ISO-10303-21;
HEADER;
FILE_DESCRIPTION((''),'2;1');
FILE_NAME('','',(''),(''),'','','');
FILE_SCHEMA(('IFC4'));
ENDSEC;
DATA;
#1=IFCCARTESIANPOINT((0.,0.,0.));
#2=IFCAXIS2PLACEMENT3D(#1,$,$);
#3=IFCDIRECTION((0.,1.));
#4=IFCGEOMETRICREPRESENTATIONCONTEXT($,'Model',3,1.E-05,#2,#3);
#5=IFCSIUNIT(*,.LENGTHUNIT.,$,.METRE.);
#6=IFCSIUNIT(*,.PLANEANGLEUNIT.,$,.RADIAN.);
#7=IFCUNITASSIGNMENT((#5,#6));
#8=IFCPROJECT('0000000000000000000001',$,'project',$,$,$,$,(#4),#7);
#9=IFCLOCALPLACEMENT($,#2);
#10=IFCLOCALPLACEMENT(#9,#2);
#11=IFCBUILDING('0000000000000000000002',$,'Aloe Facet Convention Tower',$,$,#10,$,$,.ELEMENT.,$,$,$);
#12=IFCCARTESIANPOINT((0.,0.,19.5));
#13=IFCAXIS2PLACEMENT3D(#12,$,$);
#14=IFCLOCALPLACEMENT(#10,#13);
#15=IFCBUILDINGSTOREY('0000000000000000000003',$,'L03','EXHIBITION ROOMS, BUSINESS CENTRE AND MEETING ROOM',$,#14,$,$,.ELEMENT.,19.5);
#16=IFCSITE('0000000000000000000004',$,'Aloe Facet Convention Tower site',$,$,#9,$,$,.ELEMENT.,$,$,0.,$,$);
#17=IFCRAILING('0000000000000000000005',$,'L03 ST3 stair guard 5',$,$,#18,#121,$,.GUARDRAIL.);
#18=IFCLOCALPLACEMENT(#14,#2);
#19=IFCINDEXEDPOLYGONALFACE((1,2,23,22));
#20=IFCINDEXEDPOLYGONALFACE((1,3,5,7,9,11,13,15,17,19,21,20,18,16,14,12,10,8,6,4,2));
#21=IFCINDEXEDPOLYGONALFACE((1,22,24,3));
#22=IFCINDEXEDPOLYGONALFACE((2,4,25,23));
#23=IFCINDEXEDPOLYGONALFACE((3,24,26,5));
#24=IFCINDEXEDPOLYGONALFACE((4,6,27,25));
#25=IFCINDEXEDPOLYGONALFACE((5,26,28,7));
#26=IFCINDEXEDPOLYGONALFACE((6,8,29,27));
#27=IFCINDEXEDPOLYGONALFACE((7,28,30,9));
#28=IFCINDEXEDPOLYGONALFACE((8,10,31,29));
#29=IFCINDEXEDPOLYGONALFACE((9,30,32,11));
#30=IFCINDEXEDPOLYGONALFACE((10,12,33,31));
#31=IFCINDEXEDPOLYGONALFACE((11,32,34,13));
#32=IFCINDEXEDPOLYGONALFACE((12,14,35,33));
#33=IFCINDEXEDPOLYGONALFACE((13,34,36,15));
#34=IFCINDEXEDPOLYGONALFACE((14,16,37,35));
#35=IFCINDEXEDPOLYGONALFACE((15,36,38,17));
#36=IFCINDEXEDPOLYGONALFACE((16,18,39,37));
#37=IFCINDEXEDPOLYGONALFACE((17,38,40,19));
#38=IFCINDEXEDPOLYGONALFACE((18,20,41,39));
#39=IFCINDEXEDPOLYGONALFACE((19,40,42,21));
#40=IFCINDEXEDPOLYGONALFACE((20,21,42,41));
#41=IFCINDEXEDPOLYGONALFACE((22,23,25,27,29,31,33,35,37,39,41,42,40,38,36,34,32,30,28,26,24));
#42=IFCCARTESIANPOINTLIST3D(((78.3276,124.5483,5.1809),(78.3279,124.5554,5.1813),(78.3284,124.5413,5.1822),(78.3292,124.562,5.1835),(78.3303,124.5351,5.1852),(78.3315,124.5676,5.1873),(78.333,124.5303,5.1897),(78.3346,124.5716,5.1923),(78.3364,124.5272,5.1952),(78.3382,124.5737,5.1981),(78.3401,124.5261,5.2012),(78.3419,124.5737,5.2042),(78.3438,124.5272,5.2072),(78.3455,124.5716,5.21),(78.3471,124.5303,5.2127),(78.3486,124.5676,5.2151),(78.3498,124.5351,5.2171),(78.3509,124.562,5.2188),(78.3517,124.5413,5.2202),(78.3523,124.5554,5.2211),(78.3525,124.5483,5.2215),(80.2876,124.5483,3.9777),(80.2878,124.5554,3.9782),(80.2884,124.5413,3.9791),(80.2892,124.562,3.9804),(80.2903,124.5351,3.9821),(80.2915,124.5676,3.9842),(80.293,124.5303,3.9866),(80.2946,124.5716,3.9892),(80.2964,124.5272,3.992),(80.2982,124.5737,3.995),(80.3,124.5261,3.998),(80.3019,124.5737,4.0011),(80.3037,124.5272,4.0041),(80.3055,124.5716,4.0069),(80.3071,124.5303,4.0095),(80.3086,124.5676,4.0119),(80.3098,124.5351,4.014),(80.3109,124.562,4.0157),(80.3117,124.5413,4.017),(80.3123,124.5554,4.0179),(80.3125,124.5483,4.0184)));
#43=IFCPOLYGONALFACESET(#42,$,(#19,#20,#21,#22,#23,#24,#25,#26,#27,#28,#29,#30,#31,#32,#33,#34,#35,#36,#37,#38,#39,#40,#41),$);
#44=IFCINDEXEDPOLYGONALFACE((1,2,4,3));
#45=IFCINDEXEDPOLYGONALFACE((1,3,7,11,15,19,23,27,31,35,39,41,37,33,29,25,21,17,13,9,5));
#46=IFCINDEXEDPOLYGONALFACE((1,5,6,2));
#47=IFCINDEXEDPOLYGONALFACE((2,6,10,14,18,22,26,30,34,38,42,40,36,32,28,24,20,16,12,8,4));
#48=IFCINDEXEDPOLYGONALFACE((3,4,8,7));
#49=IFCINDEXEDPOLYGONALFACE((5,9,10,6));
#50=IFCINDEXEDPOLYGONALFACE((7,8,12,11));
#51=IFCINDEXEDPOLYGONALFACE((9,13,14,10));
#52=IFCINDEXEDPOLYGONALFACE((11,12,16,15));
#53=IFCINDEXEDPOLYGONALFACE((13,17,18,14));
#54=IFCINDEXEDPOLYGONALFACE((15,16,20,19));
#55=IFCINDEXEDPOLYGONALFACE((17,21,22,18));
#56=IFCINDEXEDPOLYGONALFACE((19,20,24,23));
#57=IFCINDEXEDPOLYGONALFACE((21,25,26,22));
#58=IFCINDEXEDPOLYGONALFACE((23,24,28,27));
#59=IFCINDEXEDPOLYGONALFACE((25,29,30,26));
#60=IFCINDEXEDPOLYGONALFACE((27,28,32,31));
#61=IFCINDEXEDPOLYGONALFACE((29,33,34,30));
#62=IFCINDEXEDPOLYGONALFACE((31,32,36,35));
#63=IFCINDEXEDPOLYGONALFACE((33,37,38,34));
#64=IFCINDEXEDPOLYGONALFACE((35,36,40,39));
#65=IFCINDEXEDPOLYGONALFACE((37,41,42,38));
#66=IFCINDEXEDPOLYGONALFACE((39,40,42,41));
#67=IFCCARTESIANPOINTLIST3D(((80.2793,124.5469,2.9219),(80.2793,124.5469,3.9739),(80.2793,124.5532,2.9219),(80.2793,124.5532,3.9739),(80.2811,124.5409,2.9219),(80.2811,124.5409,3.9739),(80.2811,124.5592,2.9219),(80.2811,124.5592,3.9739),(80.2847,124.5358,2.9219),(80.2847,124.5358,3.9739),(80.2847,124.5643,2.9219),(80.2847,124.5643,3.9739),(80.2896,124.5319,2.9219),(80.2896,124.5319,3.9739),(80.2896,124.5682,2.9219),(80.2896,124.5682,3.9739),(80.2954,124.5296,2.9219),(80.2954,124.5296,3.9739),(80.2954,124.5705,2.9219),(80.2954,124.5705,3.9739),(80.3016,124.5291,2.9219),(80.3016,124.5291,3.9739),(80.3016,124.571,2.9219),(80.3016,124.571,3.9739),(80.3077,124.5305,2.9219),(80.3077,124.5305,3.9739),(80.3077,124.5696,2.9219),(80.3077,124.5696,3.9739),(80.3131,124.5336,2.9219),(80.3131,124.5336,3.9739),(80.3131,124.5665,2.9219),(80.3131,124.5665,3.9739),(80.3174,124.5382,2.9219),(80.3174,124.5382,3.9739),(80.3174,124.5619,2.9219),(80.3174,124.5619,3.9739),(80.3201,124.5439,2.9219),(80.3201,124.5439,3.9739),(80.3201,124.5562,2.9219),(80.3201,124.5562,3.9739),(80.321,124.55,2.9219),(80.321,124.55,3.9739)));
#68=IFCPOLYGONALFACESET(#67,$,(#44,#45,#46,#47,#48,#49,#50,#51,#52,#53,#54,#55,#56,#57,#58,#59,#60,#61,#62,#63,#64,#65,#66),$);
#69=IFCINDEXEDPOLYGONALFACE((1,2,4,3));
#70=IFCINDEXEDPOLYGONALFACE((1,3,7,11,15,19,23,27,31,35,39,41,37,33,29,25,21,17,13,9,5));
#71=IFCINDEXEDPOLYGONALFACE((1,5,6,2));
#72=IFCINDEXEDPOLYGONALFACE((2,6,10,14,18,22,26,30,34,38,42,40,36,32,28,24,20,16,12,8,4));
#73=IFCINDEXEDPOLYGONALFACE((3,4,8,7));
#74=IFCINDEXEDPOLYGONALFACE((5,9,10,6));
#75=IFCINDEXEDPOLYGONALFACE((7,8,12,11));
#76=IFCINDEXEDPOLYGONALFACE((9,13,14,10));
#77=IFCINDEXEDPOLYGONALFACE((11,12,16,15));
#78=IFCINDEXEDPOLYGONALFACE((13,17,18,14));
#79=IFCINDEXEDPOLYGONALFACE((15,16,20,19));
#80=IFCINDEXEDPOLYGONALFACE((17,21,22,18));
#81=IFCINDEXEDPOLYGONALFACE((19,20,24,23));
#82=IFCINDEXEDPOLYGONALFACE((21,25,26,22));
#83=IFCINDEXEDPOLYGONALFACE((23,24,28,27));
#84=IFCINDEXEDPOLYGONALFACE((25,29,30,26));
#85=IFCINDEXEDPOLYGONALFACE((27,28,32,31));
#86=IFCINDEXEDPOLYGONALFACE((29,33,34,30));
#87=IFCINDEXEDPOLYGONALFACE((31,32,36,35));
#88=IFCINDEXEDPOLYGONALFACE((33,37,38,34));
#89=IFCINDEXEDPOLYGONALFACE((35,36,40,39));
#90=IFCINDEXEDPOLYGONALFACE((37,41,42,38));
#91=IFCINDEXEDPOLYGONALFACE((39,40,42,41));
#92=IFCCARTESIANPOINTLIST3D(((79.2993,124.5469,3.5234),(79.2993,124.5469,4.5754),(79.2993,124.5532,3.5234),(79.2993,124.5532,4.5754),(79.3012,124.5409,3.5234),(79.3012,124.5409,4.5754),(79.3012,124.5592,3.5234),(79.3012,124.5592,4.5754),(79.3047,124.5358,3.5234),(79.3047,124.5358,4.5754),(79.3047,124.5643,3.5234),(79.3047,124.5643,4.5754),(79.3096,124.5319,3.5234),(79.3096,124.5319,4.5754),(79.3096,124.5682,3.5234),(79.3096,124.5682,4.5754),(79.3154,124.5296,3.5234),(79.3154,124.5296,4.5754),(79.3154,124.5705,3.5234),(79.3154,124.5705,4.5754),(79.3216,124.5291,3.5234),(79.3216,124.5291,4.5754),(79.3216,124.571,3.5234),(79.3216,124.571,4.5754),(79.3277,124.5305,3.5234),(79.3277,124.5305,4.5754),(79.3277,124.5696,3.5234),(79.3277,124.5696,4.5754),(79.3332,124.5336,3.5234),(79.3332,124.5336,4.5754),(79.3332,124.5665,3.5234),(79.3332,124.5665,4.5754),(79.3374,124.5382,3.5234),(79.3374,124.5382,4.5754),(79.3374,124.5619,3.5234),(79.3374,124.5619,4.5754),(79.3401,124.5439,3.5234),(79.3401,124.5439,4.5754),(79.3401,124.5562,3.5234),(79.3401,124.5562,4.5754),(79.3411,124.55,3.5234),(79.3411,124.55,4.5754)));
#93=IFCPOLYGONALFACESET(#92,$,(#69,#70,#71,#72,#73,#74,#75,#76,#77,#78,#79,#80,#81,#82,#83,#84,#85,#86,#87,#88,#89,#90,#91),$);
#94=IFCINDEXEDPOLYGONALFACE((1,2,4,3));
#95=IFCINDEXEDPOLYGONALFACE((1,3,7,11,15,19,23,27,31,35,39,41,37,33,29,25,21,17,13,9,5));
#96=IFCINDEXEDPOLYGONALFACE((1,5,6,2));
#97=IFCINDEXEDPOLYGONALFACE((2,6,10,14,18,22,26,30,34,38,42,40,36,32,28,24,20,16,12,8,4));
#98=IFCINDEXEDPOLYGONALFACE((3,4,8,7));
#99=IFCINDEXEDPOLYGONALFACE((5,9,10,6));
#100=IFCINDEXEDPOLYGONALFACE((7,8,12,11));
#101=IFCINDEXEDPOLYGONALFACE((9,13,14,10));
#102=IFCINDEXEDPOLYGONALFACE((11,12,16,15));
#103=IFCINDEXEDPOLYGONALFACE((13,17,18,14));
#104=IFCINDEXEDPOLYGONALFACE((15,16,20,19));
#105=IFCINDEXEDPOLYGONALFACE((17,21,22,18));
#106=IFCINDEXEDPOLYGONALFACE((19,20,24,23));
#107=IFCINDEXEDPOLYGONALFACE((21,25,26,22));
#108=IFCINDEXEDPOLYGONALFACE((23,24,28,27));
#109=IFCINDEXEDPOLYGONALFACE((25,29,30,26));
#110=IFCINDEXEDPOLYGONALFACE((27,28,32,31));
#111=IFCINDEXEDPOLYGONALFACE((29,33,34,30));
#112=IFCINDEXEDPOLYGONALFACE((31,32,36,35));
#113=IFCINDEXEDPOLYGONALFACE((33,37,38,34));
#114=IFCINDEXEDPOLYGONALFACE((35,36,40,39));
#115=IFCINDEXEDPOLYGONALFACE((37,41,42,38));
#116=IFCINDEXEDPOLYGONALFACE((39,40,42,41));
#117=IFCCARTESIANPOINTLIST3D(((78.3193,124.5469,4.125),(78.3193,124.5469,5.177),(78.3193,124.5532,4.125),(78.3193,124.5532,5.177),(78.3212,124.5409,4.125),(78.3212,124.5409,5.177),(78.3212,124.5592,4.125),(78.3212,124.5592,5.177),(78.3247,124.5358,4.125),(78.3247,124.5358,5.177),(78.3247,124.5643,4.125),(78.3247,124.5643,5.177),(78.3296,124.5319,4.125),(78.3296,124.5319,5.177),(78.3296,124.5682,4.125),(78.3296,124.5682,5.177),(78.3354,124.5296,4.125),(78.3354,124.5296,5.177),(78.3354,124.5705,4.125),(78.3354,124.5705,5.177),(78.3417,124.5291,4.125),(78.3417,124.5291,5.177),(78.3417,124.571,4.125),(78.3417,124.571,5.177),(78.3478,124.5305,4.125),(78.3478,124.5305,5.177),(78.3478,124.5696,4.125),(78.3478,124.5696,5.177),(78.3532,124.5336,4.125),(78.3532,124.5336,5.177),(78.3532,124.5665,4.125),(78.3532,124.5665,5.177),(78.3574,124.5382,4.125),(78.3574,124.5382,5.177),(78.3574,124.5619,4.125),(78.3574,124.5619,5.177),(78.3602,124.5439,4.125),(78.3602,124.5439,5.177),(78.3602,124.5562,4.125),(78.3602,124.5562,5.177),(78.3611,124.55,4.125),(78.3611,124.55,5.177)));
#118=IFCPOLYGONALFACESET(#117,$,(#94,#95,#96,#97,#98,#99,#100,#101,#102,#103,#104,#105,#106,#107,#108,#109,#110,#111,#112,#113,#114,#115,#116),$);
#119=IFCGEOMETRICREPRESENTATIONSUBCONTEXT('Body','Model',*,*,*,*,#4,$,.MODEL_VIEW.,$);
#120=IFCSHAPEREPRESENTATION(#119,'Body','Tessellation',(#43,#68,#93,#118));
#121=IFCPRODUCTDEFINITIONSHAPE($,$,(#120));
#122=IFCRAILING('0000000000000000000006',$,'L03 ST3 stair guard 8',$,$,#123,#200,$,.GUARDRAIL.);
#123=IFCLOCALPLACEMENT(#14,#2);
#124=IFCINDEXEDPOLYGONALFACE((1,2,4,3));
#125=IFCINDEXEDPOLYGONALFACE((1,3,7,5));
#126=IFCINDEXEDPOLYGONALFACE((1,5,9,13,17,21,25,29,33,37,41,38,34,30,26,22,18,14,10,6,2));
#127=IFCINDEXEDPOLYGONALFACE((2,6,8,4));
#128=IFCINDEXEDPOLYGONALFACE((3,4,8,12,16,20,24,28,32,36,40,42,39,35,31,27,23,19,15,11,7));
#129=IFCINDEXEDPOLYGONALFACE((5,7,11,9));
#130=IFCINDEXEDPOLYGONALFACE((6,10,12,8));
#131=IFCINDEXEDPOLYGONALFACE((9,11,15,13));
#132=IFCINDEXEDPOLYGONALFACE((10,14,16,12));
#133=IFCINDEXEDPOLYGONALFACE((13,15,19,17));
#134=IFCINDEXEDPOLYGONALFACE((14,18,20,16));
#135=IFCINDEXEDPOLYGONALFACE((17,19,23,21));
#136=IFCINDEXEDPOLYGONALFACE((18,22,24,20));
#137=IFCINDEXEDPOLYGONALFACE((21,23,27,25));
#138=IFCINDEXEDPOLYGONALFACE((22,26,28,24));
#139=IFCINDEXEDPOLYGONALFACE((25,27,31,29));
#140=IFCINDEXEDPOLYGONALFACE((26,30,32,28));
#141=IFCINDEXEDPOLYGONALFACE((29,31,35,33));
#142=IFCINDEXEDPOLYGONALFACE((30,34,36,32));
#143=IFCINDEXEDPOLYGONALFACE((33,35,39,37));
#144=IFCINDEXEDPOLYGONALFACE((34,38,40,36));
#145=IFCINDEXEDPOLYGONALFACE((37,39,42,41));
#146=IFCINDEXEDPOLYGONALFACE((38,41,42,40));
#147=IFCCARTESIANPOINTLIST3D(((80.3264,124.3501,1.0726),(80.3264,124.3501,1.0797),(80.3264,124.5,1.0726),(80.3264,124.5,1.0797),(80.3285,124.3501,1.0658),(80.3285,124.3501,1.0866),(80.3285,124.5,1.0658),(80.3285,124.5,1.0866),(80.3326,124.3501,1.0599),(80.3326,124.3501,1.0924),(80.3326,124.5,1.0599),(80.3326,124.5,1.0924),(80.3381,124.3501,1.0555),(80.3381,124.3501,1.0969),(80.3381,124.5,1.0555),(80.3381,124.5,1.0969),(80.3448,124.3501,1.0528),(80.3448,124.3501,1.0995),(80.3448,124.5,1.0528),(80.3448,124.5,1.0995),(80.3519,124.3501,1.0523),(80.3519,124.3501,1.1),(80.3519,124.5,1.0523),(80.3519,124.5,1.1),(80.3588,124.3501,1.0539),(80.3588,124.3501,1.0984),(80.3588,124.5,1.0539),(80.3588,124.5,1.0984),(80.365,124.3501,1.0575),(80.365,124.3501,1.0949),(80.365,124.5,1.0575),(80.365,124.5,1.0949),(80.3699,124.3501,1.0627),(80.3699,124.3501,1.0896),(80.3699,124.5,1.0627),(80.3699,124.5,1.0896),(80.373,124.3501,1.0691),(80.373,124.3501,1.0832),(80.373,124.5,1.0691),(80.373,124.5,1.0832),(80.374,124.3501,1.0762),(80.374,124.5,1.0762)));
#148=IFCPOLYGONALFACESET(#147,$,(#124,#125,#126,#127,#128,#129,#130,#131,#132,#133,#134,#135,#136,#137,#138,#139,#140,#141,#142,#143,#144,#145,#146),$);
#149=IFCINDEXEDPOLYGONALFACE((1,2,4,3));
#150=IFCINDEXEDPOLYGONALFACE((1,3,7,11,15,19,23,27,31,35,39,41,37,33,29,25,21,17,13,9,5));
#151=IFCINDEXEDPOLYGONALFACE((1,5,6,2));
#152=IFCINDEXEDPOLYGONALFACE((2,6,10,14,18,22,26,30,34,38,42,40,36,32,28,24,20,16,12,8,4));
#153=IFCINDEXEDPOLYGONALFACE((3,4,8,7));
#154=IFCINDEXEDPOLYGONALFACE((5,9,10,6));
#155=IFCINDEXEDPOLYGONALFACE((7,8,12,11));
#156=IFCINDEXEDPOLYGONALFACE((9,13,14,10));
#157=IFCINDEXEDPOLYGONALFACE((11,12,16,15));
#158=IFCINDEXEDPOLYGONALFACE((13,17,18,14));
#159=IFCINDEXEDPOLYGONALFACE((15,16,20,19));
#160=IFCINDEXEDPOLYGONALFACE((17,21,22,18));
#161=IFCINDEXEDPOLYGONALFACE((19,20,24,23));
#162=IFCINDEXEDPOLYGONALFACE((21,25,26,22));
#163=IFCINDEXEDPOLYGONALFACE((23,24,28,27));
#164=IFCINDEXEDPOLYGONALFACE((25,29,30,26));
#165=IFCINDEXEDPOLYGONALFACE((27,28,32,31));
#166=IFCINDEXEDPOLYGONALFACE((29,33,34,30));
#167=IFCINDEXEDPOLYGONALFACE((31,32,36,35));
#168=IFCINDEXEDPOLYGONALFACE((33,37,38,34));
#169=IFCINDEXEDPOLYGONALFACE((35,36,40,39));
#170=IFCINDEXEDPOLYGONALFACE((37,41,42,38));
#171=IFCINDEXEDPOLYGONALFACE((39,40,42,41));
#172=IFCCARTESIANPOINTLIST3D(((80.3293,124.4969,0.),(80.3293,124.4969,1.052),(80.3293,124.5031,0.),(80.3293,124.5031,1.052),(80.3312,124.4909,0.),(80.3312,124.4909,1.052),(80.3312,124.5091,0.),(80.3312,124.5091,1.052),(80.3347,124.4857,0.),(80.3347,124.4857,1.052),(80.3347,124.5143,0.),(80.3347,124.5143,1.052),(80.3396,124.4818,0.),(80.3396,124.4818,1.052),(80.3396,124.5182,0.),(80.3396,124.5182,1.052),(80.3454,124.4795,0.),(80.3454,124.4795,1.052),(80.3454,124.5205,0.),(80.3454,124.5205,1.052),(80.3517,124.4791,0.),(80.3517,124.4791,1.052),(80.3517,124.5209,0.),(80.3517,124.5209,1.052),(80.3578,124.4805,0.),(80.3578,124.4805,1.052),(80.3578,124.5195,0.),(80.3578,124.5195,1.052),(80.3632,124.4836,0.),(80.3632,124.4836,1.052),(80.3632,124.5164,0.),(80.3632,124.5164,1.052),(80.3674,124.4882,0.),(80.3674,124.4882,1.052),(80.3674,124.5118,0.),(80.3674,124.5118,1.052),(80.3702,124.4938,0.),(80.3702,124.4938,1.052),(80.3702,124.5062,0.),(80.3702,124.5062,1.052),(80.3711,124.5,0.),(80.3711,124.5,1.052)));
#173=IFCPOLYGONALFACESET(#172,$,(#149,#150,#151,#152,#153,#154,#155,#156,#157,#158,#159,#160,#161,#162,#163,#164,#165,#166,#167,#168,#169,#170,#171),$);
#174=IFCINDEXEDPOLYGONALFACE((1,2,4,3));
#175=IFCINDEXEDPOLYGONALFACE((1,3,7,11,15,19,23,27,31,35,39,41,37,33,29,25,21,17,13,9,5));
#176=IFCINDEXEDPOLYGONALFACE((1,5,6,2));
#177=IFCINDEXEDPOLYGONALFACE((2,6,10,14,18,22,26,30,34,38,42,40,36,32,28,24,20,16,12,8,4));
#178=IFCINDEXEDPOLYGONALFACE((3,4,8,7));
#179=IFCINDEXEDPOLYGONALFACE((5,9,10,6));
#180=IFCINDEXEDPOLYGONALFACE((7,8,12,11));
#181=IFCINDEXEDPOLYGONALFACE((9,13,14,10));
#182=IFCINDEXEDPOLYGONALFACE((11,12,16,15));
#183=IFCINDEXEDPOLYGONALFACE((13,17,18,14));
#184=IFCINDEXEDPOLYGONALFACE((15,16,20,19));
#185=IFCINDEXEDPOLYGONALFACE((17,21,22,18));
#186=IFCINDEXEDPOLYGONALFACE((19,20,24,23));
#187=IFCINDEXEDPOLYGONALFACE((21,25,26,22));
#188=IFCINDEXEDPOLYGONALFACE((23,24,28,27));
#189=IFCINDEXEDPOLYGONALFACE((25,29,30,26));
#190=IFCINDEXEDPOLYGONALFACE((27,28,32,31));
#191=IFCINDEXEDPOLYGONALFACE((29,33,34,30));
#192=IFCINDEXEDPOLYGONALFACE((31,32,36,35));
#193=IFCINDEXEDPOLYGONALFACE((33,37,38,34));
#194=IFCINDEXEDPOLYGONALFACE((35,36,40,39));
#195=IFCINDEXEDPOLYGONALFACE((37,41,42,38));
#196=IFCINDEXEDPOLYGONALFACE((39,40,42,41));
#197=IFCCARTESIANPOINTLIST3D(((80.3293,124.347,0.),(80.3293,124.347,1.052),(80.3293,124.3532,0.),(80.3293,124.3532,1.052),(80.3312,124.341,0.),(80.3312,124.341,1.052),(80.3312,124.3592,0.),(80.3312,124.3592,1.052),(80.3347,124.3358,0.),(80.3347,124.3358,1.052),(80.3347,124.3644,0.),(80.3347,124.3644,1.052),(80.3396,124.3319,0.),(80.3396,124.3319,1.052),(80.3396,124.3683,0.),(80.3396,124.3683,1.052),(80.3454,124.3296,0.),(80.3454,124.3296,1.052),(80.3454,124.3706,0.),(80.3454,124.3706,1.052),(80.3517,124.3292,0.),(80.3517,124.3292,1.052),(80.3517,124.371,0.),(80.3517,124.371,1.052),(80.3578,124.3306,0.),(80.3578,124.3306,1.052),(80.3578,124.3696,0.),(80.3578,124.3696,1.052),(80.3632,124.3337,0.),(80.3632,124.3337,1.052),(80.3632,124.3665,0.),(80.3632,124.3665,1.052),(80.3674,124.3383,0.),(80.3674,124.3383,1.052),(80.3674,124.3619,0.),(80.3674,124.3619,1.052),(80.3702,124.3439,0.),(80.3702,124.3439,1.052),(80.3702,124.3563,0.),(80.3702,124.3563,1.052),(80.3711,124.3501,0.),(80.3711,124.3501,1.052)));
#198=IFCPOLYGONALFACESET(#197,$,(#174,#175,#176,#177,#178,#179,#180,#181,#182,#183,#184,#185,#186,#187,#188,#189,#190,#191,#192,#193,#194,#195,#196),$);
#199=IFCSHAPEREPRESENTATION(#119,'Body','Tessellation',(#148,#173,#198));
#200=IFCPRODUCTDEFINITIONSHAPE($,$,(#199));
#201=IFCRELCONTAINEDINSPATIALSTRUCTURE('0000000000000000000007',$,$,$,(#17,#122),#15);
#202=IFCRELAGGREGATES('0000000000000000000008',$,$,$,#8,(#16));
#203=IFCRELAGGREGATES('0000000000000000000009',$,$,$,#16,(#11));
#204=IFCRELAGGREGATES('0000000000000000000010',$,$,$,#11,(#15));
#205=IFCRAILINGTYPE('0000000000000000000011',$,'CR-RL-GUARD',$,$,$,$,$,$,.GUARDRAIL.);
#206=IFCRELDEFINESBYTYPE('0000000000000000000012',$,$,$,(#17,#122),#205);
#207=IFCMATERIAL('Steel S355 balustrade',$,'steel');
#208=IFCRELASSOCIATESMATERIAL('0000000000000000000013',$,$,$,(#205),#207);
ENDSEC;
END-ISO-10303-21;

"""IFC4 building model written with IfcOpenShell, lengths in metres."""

from ifc_helpers import new_model, si_unit, direction, frame, origin, origin_2d, place, context, subcontext, project, spatial, circle, extrude, material, type_object, element, save


model = new_model("IFC4")

# Units and contexts
model_context = context("Model", 3, precision=1e-05, world=origin(), true_north=direction((0.0, 1.0)))
body_context = subcontext(model_context, "Body", "Model", "MODEL_VIEW")
ifc_project = project(units=[si_unit("LENGTHUNIT", "METRE"), si_unit("PLANEANGLEUNIT", "RADIAN")], contexts=[model_context])

# Site, building, storey
site_placement = place(None, origin())
site = spatial("IfcSite", under=ifc_project, at=site_placement, Name="Aloe Facet Convention Tower site", CompositionType="ELEMENT", RefElevation=0.0)
building_placement = place(site_placement, origin())
building = spatial("IfcBuilding", under=site, at=building_placement, Name="Aloe Facet Convention Tower", CompositionType="ELEMENT")
storey_placement = place(building_placement, frame((0.0, 0.0, 19.5)))
storey = spatial("IfcBuildingStorey", under=building, at=storey_placement, Name="L03", Description="EXHIBITION ROOMS, BUSINESS CENTRE AND MEETING ROOM", CompositionType="ELEMENT", Elevation=19.5)

# Railings
ifc_material_1 = material(Name="Steel S355 balustrade", Category="steel")
railing_type_1 = type_object("IfcRailingType", Name="CR-RL-GUARD", PredefinedType="GUARDRAIL", material=ifc_material_1)
railing_1_placement = place(storey_placement, frame((80.3, 124.55, 2.9219)))
element("IfcRailing", 1, at=railing_1_placement, inside=storey, type_object=railing_type_1, Name="L03 ST3 stair guard 5", PredefinedType="GUARDRAIL", context=body_context, shape_type="SweptSolid", body=[
    extrude(circle(Radius=0.0239, at=origin_2d()), frame((0.0, 0.0, 1.0762), z_axis=(-0.852241, 0.0, 0.523149), x_axis=(0.0, -1.0, 0.0)), (0.0, 0.0, 1.0), 2.2998),
    extrude(circle(Radius=0.021, at=origin_2d()), origin(), (0.0, 0.0, 1.0), 1.052),
    extrude(circle(Radius=0.021, at=origin_2d()), frame((-0.98, 0.0, 0.6016)), (0.0, 0.0, 1.0), 1.052),
    extrude(circle(Radius=0.021, at=origin_2d()), frame((-1.96, 0.0, 1.2031)), (0.0, 0.0, 1.0), 1.052),
])
railing_2_placement = place(storey_placement, frame((80.3501, 124.5, 0.0)))
element("IfcRailing", 2, at=railing_2_placement, inside=storey, type_object=railing_type_1, Name="L03 ST3 stair guard 8", PredefinedType="GUARDRAIL", context=body_context, shape_type="SweptSolid", body=[
    extrude(circle(Radius=0.0239, at=origin_2d()), frame((0.0, 0.0, 1.0762), z_axis=(0.0, -1.0, 0.0), x_axis=(1.0, 0.0, 0.0)), (0.0, 0.0, 1.0), 0.1499),
    extrude(circle(Radius=0.021, at=origin_2d()), origin(), (0.0, 0.0, 1.0), 1.052),
    extrude(circle(Radius=0.021, at=origin_2d()), frame((0.0, -0.1499, 0.0)), (0.0, 0.0, 1.0), 1.052),
])

save(model, "model.ifc")
